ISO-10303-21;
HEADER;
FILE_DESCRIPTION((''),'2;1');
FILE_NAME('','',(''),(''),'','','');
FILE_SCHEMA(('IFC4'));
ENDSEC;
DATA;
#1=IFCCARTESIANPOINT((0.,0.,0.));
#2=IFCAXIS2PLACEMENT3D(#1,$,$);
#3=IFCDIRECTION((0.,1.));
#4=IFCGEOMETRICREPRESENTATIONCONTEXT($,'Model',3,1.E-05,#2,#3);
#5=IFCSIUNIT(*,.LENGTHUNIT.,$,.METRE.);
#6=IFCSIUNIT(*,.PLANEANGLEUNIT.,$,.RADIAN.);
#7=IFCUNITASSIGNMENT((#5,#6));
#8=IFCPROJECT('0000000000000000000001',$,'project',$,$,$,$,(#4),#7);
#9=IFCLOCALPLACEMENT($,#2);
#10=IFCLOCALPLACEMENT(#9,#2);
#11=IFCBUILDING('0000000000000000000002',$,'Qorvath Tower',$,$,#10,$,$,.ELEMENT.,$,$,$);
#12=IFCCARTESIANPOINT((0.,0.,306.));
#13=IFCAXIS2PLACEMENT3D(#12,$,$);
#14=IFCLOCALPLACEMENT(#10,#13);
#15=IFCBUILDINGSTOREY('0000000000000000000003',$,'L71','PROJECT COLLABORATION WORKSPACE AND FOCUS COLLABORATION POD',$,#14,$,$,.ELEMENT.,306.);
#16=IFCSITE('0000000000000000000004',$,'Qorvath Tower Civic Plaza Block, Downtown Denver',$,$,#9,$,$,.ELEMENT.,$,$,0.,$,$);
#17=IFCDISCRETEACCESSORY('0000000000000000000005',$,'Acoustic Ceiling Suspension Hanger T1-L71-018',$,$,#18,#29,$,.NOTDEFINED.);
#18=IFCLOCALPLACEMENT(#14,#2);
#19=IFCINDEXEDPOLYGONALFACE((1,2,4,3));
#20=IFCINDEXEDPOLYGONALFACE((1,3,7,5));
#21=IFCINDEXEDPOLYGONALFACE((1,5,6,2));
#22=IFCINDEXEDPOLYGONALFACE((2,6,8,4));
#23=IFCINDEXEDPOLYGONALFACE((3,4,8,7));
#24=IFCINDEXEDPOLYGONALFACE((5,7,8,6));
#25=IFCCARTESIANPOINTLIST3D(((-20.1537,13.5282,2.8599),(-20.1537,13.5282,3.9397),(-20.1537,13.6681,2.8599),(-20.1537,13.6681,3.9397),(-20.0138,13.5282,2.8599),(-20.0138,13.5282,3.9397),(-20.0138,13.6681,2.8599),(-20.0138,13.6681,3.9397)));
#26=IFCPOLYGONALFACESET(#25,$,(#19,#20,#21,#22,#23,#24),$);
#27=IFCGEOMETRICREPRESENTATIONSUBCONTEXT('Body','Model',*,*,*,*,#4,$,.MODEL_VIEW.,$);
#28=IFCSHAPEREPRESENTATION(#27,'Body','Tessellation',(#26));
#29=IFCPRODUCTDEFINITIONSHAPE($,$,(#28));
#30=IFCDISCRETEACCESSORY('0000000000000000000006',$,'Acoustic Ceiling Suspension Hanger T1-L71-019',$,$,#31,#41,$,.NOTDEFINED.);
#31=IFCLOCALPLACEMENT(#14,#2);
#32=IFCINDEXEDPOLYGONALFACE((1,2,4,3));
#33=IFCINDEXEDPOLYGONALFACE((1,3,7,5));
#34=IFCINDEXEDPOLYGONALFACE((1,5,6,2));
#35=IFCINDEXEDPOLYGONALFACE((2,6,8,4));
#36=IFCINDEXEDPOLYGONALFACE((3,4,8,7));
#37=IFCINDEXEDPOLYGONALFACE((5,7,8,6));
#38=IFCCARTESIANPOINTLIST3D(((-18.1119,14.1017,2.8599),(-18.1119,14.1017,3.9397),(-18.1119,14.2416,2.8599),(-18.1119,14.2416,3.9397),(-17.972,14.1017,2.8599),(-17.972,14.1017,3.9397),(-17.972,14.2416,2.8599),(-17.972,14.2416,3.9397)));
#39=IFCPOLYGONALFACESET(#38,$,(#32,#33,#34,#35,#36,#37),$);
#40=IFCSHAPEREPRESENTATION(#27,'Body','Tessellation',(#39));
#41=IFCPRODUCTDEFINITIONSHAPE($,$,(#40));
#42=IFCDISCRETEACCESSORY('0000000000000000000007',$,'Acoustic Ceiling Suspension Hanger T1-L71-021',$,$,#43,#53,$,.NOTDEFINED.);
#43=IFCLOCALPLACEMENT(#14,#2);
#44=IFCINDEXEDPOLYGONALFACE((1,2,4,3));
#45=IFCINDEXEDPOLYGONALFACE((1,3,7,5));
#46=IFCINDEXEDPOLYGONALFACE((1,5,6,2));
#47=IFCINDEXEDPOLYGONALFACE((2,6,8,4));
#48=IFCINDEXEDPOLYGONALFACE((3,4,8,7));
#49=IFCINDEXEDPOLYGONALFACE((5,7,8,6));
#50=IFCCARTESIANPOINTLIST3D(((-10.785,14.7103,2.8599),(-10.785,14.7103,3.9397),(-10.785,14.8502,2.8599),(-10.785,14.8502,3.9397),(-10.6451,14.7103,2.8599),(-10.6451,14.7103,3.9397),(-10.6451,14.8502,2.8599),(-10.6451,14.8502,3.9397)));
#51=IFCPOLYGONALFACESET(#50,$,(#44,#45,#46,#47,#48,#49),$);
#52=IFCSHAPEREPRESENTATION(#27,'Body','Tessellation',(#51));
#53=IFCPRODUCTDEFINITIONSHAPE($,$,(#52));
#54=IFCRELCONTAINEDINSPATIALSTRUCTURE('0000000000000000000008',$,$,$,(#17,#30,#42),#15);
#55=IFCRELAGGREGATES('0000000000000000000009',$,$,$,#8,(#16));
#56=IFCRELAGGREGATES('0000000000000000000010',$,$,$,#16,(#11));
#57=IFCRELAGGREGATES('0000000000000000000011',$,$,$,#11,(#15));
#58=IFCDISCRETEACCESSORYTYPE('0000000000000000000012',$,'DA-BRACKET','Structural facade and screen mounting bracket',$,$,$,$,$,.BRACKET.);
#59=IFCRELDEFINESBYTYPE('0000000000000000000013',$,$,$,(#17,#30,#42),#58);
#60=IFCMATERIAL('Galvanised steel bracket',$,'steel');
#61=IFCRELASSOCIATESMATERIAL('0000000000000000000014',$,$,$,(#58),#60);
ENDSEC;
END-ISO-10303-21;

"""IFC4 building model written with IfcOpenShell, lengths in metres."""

from ifc_helpers import new_model, si_unit, direction, frame, origin, origin_2d, place, context, subcontext, project, spatial, rectangle, extrude, material, type_object, element, save


model = new_model("IFC4")

# Units and contexts
model_context = context("Model", 3, precision=1e-05, world=origin(), true_north=direction((0.0, 1.0)))
body_context = subcontext(model_context, "Body", "Model", "MODEL_VIEW")
ifc_project = project(units=[si_unit("LENGTHUNIT", "METRE"), si_unit("PLANEANGLEUNIT", "RADIAN")], contexts=[model_context])

# Site, building, storey
site_placement = place(None, origin())
site = spatial("IfcSite", under=ifc_project, at=site_placement, Name="Qorvath Tower Civic Plaza Block, Downtown Denver", CompositionType="ELEMENT", RefElevation=0.0)
building_placement = place(site_placement, origin())
building = spatial("IfcBuilding", under=site, at=building_placement, Name="Qorvath Tower", CompositionType="ELEMENT")
storey_placement = place(building_placement, frame((0.0, 0.0, 306.0)))
storey = spatial("IfcBuildingStorey", under=building, at=storey_placement, Name="L71", Description="PROJECT COLLABORATION WORKSPACE AND FOCUS COLLABORATION POD", CompositionType="ELEMENT", Elevation=306.0)

# Discrete accessories
ifc_material_1 = material(Name="Galvanised steel bracket", Category="steel")
discrete_accessory_type = type_object("IfcDiscreteAccessoryType", Name="DA-BRACKET", Description="Structural facade and screen mounting bracket", PredefinedType="BRACKET", material=ifc_material_1)
for number, where, z_axis, x_axis, name in (
    (1, (-20.0837, 13.5981, 2.8599), (0.0, 0.0, 1.0), (1.0, 0.0, 0.0), "Acoustic Ceiling Suspension Hanger T1-L71-018"),
    (2, (-18.042, 14.1716, 2.8599), (0.0, 0.0, 1.0), (1.0, 0.0, 0.0), "Acoustic Ceiling Suspension Hanger T1-L71-019"),
    (3, (-10.7151, 14.7803, 2.8599), (0.0, 0.0, 1.0), (1.0, 0.0, 0.0), "Acoustic Ceiling Suspension Hanger T1-L71-021"),
):
    element("IfcDiscreteAccessory", number, at=place(storey_placement, frame(where, z_axis=z_axis, x_axis=x_axis)), inside=storey, type_object=discrete_accessory_type, Name=name, PredefinedType="NOTDEFINED", context=body_context, shape_type="SweptSolid", body=[
        extrude(rectangle(XDim=0.1399, YDim=0.1399, at=origin_2d()), origin(), (0.0, 0.0, 1.0), 1.0798),
    ])

save(model, "model.ifc")
